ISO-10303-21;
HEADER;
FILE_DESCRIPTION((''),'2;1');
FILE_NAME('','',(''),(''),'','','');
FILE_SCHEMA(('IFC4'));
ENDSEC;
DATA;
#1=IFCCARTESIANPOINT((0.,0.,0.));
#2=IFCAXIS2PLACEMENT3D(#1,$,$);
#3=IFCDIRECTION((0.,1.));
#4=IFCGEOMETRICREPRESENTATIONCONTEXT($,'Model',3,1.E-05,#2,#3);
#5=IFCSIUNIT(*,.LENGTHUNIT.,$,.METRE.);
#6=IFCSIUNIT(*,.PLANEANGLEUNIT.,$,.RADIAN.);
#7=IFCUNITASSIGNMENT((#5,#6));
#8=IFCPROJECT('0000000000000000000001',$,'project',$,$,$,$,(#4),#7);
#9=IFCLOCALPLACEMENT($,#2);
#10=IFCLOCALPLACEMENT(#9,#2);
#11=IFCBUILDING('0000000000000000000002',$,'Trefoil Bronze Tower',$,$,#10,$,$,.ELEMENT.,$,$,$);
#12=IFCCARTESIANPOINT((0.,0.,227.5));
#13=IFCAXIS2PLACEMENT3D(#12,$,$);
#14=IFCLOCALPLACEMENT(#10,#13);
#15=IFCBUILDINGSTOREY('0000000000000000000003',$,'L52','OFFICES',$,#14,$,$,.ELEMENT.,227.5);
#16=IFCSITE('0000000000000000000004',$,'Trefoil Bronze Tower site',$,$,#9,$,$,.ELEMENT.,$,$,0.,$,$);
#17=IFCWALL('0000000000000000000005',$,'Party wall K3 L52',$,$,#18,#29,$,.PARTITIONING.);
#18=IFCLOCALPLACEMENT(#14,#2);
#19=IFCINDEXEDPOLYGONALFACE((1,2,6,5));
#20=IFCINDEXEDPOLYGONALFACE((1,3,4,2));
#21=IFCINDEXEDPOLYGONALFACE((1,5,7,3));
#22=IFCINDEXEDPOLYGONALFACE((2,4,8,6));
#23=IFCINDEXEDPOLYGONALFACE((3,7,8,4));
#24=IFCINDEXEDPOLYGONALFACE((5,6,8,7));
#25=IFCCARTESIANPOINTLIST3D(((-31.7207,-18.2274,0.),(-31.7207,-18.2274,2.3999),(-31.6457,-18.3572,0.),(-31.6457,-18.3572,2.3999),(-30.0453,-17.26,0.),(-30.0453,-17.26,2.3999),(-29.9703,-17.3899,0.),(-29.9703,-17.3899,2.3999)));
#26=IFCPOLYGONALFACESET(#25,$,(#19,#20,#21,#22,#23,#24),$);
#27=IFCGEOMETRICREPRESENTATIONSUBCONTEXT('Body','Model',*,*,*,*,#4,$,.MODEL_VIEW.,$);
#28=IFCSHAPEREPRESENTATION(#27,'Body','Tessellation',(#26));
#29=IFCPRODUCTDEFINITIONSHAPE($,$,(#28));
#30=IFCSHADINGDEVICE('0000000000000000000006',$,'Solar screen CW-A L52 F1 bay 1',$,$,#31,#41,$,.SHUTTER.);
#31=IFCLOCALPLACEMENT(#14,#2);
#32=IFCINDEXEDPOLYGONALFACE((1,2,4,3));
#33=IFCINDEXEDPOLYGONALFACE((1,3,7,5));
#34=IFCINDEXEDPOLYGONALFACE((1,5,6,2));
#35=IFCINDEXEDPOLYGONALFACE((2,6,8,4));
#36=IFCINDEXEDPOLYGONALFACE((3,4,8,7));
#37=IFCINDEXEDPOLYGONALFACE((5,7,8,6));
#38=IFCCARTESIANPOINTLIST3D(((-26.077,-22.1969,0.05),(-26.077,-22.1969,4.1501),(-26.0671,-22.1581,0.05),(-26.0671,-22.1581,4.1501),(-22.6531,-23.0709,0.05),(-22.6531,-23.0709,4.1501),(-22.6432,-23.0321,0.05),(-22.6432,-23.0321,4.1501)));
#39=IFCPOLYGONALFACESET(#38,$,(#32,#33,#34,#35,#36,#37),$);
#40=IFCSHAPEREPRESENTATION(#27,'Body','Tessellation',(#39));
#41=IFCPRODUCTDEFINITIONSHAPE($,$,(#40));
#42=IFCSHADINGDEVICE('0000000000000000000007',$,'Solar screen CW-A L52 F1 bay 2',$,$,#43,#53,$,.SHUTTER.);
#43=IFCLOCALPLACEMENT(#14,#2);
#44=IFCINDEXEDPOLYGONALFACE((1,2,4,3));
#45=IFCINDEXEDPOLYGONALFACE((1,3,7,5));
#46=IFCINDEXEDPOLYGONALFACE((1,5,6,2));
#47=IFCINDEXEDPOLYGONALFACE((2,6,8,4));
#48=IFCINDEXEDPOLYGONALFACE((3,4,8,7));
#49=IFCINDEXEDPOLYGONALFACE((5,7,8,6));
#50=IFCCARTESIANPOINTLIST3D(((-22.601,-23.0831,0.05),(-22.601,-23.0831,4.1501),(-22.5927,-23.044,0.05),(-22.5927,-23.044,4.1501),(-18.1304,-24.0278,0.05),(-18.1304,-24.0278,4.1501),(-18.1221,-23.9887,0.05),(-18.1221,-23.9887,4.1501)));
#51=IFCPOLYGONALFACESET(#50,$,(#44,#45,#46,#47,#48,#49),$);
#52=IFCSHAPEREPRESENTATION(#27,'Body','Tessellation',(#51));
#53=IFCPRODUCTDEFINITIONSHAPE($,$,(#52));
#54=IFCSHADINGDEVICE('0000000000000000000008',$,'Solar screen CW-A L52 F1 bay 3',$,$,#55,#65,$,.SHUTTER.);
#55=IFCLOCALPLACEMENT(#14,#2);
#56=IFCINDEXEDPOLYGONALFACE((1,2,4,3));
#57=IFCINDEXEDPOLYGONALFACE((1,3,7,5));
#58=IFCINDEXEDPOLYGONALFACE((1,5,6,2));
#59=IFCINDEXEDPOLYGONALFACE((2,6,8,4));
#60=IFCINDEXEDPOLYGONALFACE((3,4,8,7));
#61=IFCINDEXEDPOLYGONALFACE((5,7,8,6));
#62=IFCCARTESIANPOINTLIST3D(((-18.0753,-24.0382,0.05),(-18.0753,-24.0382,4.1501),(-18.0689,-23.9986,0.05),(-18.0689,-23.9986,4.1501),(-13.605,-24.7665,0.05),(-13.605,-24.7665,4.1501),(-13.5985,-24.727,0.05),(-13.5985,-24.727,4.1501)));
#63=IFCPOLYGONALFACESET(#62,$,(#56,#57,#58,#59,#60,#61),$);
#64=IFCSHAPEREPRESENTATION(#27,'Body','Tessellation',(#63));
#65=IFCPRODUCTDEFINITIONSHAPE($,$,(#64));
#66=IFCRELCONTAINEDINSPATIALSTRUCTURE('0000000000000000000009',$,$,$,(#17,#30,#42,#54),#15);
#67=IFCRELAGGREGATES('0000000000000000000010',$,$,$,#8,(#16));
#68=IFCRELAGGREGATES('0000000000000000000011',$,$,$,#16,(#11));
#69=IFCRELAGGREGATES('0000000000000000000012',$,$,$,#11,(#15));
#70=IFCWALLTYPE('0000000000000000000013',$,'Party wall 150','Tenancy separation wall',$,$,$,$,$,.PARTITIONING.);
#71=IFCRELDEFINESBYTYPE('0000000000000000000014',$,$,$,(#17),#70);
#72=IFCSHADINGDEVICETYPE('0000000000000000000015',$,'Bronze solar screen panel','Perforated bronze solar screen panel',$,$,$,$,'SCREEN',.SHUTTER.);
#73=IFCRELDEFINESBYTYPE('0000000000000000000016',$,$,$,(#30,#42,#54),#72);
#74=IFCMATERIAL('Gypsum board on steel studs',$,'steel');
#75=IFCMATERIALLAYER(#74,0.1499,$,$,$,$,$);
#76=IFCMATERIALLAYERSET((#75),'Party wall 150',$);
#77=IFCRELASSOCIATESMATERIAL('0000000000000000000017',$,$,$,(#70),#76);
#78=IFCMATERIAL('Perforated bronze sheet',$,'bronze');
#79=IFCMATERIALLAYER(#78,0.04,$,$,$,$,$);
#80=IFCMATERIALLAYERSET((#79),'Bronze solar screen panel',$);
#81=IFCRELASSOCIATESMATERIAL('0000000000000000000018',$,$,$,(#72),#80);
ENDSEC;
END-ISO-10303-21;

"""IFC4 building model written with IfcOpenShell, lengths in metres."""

from ifc_helpers import new_model, si_unit, direction, frame, frame_2d, origin, origin_2d, place, context, subcontext, project, spatial, rectangle, extrude, material, layer, layer_set, type_object, element, save


model = new_model("IFC4")

# Units and contexts
model_context = context("Model", 3, precision=1e-05, world=origin(), true_north=direction((0.0, 1.0)))
body_context = subcontext(model_context, "Body", "Model", "MODEL_VIEW")
ifc_project = project(units=[si_unit("LENGTHUNIT", "METRE"), si_unit("PLANEANGLEUNIT", "RADIAN")], contexts=[model_context])

# Site, building, storey
site_placement = place(None, origin())
site = spatial("IfcSite", under=ifc_project, at=site_placement, Name="Trefoil Bronze Tower site", CompositionType="ELEMENT", RefElevation=0.0)
building_placement = place(site_placement, origin())
building = spatial("IfcBuilding", under=site, at=building_placement, Name="Trefoil Bronze Tower", CompositionType="ELEMENT")
storey_placement = place(building_placement, frame((0.0, 0.0, 227.5)))
storey = spatial("IfcBuildingStorey", under=building, at=storey_placement, Name="L52", Description="OFFICES", CompositionType="ELEMENT", Elevation=227.5)

# Wall
ifc_material_1 = material(Name="Gypsum board on steel studs", Category="steel")
ifc_layer_1 = layer(ifc_material_1, 0.1499)
ifc_layer_set_1 = layer_set([ifc_layer_1], Name="Party wall 150")
wall_type_1 = type_object("IfcWallType", Name="Party wall 150", Description="Tenancy separation wall", PredefinedType="PARTITIONING", material=ifc_layer_set_1)
wall_1_placement = place(storey_placement, frame((-30.0078, -17.325, 0.0), z_axis=(0.0, 0.0, 1.0), x_axis=(-0.866013, -0.500021, 0.0)))
element("IfcWall", 1, at=wall_1_placement, inside=storey, type_object=wall_type_1, Name="Party wall K3 L52", PredefinedType="PARTITIONING", context=body_context, shape_type="SweptSolid", body=[
    extrude(rectangle(XDim=1.9346, YDim=0.1499, at=frame_2d((0.9673, 0.0))), origin(), (0.0, 0.0, 1.0), 2.3999),
])

# Shading devices
ifc_material_2 = material(Name="Perforated bronze sheet", Category="bronze")
ifc_layer_2 = layer(ifc_material_2, 0.04)
ifc_layer_set_2 = layer_set([ifc_layer_2], Name="Bronze solar screen panel")
shading_device_type = type_object("IfcShadingDeviceType", Name="Bronze solar screen panel", Description="Perforated bronze solar screen panel", ElementType="SCREEN", PredefinedType="SHUTTER", material=ifc_layer_set_2)
shading_device_1_placement = place(storey_placement, frame((-24.3601, -22.6145, 0.05), z_axis=(0.0, 0.0, 1.0), x_axis=(0.968934, -0.247319, 0.0)))
element("IfcShadingDevice", 2, at=shading_device_1_placement, inside=storey, type_object=shading_device_type, Name="Solar screen CW-A L52 F1 bay 1", PredefinedType="SHUTTER", context=body_context, shape_type="SweptSolid", body=[
    extrude(rectangle(XDim=3.5337, YDim=0.04, at=origin_2d()), origin(), (0.0, 0.0, 1.0), 4.1001),
])
shading_device_2_placement = place(storey_placement, frame((-20.3616, -23.5359, 0.05), z_axis=(0.0, 0.0, 1.0), x_axis=(0.978394, -0.206747, 0.0)))
element("IfcShadingDevice", 3, at=shading_device_2_placement, inside=storey, type_object=shading_device_type, Name="Solar screen CW-A L52 F1 bay 2", PredefinedType="SHUTTER", context=body_context, shape_type="SweptSolid", body=[
    extrude(rectangle(XDim=4.5693, YDim=0.04, at=origin_2d()), origin(), (0.0, 0.0, 1.0), 4.1001),
])
shading_device_3_placement = place(storey_placement, frame((-15.8369, -24.3826, 0.05), z_axis=(0.0, 0.0, 1.0), x_axis=(0.986987, -0.160803, 0.0)))
element("IfcShadingDevice", 4, at=shading_device_3_placement, inside=storey, type_object=shading_device_type, Name="Solar screen CW-A L52 F1 bay 3", PredefinedType="SHUTTER", context=body_context, shape_type="SweptSolid", body=[
    extrude(rectangle(XDim=4.5293, YDim=0.04, at=origin_2d()), origin(), (0.0, 0.0, 1.0), 4.1001),
])

save(model, "model.ifc")
